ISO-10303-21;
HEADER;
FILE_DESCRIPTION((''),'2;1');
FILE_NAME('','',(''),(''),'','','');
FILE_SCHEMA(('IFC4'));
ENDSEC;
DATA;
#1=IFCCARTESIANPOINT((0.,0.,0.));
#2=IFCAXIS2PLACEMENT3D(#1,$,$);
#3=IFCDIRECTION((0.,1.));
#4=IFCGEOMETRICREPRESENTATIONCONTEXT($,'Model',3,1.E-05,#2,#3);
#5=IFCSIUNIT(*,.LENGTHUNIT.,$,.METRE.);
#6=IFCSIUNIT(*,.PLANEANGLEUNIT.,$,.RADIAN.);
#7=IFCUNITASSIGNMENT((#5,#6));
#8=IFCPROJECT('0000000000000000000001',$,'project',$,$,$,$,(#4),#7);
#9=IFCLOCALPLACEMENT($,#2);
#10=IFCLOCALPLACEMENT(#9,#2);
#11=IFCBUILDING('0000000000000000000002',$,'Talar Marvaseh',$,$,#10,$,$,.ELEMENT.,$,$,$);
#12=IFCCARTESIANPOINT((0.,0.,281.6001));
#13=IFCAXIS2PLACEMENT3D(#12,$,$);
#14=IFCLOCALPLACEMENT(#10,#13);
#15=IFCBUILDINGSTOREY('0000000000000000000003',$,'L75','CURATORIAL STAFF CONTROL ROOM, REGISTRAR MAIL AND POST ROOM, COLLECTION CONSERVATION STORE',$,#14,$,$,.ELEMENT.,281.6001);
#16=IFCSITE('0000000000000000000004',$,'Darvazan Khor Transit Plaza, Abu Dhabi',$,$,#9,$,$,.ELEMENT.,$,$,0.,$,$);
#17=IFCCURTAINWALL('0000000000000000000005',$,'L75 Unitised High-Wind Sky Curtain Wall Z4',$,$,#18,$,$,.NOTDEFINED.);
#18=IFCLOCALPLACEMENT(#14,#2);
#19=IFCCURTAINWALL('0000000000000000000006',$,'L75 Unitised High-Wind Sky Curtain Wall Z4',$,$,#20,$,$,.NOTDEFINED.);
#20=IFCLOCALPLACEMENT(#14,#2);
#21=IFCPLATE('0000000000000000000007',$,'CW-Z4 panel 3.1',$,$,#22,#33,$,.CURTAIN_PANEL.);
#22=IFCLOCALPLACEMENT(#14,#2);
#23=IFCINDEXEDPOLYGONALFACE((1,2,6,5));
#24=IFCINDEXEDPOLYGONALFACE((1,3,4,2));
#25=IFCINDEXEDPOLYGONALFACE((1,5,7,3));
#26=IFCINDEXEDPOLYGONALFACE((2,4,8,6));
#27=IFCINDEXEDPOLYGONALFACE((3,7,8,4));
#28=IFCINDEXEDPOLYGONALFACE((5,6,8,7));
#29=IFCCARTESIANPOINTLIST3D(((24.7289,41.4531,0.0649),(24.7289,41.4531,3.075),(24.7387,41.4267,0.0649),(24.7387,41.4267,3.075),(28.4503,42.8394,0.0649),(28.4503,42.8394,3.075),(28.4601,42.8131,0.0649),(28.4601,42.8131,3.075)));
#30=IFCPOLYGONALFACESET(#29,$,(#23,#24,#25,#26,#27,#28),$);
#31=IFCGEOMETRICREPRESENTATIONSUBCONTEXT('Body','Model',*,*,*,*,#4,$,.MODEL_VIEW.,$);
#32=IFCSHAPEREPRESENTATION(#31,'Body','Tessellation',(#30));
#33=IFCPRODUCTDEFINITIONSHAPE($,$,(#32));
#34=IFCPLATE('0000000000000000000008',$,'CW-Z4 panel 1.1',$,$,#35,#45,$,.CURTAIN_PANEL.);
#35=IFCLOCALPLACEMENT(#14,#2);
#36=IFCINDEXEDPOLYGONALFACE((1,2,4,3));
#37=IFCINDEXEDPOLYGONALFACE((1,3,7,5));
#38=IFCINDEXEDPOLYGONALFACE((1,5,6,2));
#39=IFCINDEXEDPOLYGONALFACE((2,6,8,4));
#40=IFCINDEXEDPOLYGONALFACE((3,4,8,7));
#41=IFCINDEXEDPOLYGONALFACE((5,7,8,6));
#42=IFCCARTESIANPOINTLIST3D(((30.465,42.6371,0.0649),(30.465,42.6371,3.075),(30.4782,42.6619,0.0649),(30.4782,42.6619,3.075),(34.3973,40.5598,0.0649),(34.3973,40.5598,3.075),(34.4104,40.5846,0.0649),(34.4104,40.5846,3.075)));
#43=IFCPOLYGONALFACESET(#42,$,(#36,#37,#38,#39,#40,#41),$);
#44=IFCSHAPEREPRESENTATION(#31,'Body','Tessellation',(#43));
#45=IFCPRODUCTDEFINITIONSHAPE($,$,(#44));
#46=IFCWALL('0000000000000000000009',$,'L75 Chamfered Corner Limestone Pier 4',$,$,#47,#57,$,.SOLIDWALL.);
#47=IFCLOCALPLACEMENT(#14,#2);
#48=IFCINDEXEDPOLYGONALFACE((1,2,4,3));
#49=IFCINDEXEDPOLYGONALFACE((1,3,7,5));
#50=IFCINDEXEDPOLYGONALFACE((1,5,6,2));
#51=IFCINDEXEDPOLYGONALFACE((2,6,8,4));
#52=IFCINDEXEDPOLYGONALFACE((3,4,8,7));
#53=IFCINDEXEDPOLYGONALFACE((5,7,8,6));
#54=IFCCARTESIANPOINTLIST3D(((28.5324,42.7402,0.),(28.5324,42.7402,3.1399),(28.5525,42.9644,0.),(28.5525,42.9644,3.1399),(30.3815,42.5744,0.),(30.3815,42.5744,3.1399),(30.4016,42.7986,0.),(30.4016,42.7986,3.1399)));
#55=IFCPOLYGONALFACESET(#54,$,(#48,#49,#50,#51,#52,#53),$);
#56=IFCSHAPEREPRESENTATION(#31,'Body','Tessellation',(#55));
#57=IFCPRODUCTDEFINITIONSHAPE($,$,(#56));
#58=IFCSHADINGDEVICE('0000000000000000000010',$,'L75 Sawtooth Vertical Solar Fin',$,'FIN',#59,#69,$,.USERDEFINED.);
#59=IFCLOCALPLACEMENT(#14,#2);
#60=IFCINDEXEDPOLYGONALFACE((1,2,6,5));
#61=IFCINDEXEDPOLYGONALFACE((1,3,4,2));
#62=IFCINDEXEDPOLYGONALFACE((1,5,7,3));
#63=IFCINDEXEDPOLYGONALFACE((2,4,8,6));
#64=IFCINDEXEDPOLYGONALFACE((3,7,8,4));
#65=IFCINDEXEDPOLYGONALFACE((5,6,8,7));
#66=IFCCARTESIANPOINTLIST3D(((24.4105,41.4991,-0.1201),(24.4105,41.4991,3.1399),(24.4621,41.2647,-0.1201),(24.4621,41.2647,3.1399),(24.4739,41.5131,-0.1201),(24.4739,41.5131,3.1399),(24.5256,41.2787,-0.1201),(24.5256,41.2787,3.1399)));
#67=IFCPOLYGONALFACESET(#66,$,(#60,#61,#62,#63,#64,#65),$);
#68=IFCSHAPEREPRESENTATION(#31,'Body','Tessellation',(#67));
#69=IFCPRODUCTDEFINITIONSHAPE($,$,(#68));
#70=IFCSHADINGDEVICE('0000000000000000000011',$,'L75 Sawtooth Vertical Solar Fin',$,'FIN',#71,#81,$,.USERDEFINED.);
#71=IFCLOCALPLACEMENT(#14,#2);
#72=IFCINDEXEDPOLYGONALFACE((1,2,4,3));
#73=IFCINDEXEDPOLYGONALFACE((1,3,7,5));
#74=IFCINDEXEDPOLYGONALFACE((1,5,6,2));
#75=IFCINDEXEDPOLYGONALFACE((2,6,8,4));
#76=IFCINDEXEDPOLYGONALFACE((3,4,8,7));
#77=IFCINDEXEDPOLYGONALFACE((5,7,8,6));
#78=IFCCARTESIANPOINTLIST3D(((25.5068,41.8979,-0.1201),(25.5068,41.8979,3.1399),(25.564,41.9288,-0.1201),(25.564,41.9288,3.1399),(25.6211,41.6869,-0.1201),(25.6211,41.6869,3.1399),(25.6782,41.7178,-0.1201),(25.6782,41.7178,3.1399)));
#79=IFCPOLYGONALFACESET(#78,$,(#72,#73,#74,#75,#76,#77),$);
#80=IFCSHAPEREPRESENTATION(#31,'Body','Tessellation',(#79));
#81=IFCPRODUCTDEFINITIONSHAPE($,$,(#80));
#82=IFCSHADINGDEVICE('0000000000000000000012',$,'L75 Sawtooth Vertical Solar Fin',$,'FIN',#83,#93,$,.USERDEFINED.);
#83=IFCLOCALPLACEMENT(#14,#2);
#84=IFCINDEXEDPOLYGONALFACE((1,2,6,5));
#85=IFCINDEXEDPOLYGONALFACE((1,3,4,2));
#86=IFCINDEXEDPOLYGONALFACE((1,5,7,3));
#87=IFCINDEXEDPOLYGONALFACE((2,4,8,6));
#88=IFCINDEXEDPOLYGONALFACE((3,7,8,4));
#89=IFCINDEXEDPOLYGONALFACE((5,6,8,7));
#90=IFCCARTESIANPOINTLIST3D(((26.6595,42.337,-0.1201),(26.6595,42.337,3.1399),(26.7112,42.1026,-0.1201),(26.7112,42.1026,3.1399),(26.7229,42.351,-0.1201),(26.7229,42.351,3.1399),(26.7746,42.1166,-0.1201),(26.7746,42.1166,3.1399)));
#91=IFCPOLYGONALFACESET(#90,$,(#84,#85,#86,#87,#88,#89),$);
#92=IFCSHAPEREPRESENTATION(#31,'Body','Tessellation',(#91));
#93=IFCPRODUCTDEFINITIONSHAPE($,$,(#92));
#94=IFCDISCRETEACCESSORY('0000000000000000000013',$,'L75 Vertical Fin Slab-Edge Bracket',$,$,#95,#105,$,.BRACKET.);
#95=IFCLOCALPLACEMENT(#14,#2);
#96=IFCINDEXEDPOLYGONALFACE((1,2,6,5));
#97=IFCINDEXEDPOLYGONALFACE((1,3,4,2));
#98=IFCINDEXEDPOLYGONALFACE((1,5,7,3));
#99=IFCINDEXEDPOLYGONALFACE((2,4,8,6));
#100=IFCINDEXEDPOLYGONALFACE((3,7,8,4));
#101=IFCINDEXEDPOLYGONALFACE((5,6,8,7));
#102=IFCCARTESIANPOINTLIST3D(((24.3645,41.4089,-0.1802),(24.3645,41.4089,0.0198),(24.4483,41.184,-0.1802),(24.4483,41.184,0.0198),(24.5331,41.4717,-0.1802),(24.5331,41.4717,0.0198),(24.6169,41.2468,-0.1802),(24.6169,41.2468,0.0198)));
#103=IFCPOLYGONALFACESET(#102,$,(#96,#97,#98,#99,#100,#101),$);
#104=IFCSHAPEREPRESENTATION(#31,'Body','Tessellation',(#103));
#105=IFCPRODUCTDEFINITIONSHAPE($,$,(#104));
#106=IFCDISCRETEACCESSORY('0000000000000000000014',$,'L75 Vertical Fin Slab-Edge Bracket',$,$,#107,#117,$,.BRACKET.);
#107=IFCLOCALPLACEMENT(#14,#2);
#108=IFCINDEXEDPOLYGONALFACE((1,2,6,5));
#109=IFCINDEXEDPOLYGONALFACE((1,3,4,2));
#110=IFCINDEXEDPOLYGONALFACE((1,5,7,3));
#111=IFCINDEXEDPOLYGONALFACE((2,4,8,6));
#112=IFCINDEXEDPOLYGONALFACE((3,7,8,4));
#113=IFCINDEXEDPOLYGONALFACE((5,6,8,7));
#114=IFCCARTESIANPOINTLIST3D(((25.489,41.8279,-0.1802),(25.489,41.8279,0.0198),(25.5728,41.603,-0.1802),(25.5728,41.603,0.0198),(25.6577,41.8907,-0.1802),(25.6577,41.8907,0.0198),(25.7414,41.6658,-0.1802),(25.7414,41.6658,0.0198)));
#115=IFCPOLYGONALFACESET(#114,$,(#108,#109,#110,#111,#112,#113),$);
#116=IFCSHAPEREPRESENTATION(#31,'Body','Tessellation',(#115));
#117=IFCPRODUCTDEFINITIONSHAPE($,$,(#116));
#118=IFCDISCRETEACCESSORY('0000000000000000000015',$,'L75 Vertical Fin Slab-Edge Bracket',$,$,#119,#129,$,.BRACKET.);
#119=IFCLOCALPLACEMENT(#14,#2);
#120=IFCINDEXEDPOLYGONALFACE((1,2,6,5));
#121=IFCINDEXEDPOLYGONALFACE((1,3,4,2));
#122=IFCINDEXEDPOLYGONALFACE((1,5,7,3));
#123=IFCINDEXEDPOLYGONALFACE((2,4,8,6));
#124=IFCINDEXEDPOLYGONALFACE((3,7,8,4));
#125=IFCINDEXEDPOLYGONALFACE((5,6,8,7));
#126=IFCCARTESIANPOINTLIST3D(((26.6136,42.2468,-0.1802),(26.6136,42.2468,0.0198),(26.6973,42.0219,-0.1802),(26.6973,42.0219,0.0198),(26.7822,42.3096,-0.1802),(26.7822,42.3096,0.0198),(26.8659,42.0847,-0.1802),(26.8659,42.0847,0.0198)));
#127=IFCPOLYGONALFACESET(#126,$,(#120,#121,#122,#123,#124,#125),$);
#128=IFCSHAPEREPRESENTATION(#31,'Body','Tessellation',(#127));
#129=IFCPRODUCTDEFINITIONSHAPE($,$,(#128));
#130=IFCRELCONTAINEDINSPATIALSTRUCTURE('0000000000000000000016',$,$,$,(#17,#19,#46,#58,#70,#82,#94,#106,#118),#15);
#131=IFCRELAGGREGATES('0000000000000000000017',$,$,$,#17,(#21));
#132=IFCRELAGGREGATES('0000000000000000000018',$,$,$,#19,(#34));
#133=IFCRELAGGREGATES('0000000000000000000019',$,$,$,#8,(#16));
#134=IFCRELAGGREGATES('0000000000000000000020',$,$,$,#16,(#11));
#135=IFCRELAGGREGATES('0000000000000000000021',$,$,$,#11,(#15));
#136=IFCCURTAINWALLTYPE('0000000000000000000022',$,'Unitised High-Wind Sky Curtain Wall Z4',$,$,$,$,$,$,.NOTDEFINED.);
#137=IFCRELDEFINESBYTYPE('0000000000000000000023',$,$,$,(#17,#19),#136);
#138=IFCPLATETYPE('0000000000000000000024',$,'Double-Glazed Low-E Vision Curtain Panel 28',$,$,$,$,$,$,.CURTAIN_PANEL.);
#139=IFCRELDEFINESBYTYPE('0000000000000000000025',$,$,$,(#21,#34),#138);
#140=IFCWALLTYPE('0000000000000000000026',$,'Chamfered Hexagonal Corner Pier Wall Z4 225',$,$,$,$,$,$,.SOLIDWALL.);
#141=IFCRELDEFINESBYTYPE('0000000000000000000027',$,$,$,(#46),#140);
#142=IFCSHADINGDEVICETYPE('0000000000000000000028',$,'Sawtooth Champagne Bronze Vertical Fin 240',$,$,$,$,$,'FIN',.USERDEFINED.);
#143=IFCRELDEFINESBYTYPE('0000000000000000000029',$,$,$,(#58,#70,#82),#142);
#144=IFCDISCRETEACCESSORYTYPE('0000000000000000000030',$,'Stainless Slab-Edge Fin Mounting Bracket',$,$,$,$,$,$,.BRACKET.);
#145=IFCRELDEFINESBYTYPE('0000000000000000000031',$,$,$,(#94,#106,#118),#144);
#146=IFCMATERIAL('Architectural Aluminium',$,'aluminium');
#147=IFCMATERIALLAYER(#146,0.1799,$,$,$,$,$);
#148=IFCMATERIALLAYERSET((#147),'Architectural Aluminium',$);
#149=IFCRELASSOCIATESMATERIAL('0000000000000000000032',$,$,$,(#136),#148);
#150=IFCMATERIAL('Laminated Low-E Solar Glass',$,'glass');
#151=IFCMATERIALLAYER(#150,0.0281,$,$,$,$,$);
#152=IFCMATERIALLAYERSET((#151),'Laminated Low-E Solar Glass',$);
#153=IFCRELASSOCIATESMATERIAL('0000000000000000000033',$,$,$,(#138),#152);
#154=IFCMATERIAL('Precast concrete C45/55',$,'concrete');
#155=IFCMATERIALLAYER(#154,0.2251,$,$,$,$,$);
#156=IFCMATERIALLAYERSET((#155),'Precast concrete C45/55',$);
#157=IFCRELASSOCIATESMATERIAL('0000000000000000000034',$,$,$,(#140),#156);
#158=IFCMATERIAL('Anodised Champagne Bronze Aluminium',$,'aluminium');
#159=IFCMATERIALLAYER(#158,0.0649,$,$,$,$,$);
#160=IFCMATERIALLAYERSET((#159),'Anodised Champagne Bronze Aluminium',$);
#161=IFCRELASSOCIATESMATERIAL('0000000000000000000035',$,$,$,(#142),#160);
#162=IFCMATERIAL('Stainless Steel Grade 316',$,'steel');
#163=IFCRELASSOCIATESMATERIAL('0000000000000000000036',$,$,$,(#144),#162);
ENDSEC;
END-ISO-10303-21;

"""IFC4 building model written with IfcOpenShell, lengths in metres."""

from ifc_helpers import new_model, si_unit, direction, frame, frame_2d, origin, origin_2d, place, context, subcontext, project, spatial, rectangle, extrude, source, transform, mapped, material, layer, layer_set, type_object, type_shapes, element, aggregate, save


model = new_model("IFC4")

# Units and contexts
model_context = context("Model", 3, precision=1e-05, world=origin(), true_north=direction((0.0, 1.0)))
body_context = subcontext(model_context, "Body", "Model", "MODEL_VIEW")
ifc_project = project(units=[si_unit("LENGTHUNIT", "METRE"), si_unit("PLANEANGLEUNIT", "RADIAN")], contexts=[model_context])

# Site, building, storey
site_placement = place(None, origin())
site = spatial("IfcSite", under=ifc_project, at=site_placement, Name="Darvazan Khor Transit Plaza, Abu Dhabi", CompositionType="ELEMENT", RefElevation=0.0)
building_placement = place(site_placement, origin())
building = spatial("IfcBuilding", under=site, at=building_placement, Name="Talar Marvaseh", CompositionType="ELEMENT")
storey_placement = place(building_placement, frame((0.0, 0.0, 281.6001)))
storey = spatial("IfcBuildingStorey", under=building, at=storey_placement, Name="L75", Description="CURATORIAL STAFF CONTROL ROOM, REGISTRAR MAIL AND POST ROOM, COLLECTION CONSERVATION STORE", CompositionType="ELEMENT", Elevation=281.6001)

# Curtain walls
ifc_material_1 = material(Name="Architectural Aluminium", Category="aluminium")
ifc_layer_1 = layer(ifc_material_1, 0.1799)
ifc_layer_set_1 = layer_set([ifc_layer_1], Name="Architectural Aluminium")
curtain_wall_type = type_object("IfcCurtainWallType", Name="Unitised High-Wind Sky Curtain Wall Z4", PredefinedType="NOTDEFINED", material=ifc_layer_set_1)
curtain_wall_1_placement = place(storey_placement, origin())
curtain_wall_1 = element("IfcCurtainWall", 1, at=curtain_wall_1_placement, inside=storey, type_object=curtain_wall_type, Name="L75 Unitised High-Wind Sky Curtain Wall Z4", PredefinedType="NOTDEFINED")
curtain_wall_2_placement = place(storey_placement, origin())
curtain_wall_2 = element("IfcCurtainWall", 2, at=curtain_wall_2_placement, inside=storey, type_object=curtain_wall_type, Name="L75 Unitised High-Wind Sky Curtain Wall Z4", PredefinedType="NOTDEFINED")

# Plates
ifc_material_2 = material(Name="Laminated Low-E Solar Glass", Category="glass")
ifc_layer_2 = layer(ifc_material_2, 0.0281)
ifc_layer_set_2 = layer_set([ifc_layer_2], Name="Laminated Low-E Solar Glass")
plate_type = type_object("IfcPlateType", Name="Double-Glazed Low-E Vision Curtain Panel 28", PredefinedType="CURTAIN_PANEL", material=ifc_layer_set_2)
shared_shape_1 = source(origin(), body_context, "Body", "SweptSolid", [
    extrude(rectangle(XDim=3.9712, YDim=0.0281, at=origin_2d()), origin(), (0.0, 0.0, 1.0), 3.01),
])
plate_1_placement = place(storey_placement, frame((26.5945, 42.1331, 0.0649), z_axis=(0.0, 0.0, 1.0), x_axis=(0.937088, 0.349094, 0.0)))
plate_1 = element("IfcPlate", 3, at=plate_1_placement, type_object=plate_type, Name="CW-Z4 panel 3.1", PredefinedType="CURTAIN_PANEL", context=body_context, shape_type="MappedRepresentation", body=[
    mapped(shared_shape_1, transform((0.0, 0.0, 0.0), x_axis=(1.0, 0.0, 0.0), y_axis=(0.0, 1.0, 0.0), z_axis=(0.0, 0.0, 1.0), scale=1.0)),
])
aggregate(curtain_wall_1, [plate_1])
shared_shape_2 = source(origin(), body_context, "Body", "SweptSolid", [
    extrude(rectangle(XDim=4.4473, YDim=0.0281, at=origin_2d()), origin(), (0.0, 0.0, 1.0), 3.01),
])
type_shapes(plate_type, [shared_shape_1, shared_shape_2])
plate_2_placement = place(storey_placement, frame((32.4377, 41.6108, 0.0649), z_axis=(0.0, 0.0, 1.0), x_axis=(0.884206, -0.467098, 0.0)))
plate_2 = element("IfcPlate", 4, at=plate_2_placement, type_object=plate_type, Name="CW-Z4 panel 1.1", PredefinedType="CURTAIN_PANEL", context=body_context, shape_type="MappedRepresentation", body=[
    mapped(shared_shape_2, transform((0.0, 0.0, 0.0), x_axis=(1.0, 0.0, 0.0), y_axis=(0.0, 1.0, 0.0), z_axis=(0.0, 0.0, 1.0), scale=1.0)),
])
aggregate(curtain_wall_2, [plate_2])

# Wall
ifc_material_3 = material(Name="Precast concrete C45/55", Category="concrete")
ifc_layer_3 = layer(ifc_material_3, 0.2251)
ifc_layer_set_3 = layer_set([ifc_layer_3], Name="Precast concrete C45/55")
wall_type = type_object("IfcWallType", Name="Chamfered Hexagonal Corner Pier Wall Z4 225", PredefinedType="SOLIDWALL", material=ifc_layer_set_3)
wall_placement = place(storey_placement, frame((28.5425, 42.8523, 0.0), z_axis=(0.0, 0.0, 1.0), x_axis=(0.996006, -0.089291, 0.0)))
element("IfcWall", 5, at=wall_placement, inside=storey, type_object=wall_type, Name="L75 Chamfered Corner Limestone Pier 4", PredefinedType="SOLIDWALL", context=body_context, shape_type="SweptSolid", body=[
    extrude(rectangle(XDim=1.8564, YDim=0.2251, at=frame_2d((0.9282, 0.0))), origin(), (0.0, 0.0, 1.0), 3.1399),
])

# Shading devices
ifc_material_4 = material(Name="Anodised Champagne Bronze Aluminium", Category="aluminium")
ifc_layer_4 = layer(ifc_material_4, 0.0649)
ifc_layer_set_4 = layer_set([ifc_layer_4], Name="Anodised Champagne Bronze Aluminium")
shading_device_type = type_object("IfcShadingDeviceType", Name="Sawtooth Champagne Bronze Vertical Fin 240", ElementType="FIN", PredefinedType="USERDEFINED", material=ifc_layer_set_4)
shared_shape_3 = source(origin(), body_context, "Body", "SweptSolid", [
    extrude(rectangle(XDim=0.24, YDim=0.0649, at=origin_2d()), origin(), (0.0, 0.0, 1.0), 3.26),
])
type_shapes(shading_device_type, [shared_shape_3])
for number, where, z_axis, x_axis, name in (
    (6, (24.468, 41.3889, -0.1201), (0.0, 0.0, 1.0), (-0.215247, 0.97656, 0.0), "L75 Sawtooth Vertical Solar Fin"),
    (7, (25.5925, 41.8079, -0.1201), (0.0, 0.0, 1.0), (-0.476085, 0.879399, 0.0), "L75 Sawtooth Vertical Solar Fin"),
    (8, (26.717, 42.2268, -0.1201), (0.0, 0.0, 1.0), (-0.215247, 0.97656, 0.0), "L75 Sawtooth Vertical Solar Fin"),
):
    element("IfcShadingDevice", number, at=place(storey_placement, frame(where, z_axis=z_axis, x_axis=x_axis)), inside=storey, type_object=shading_device_type, Name=name, ObjectType="FIN", PredefinedType="USERDEFINED", context=body_context, shape_type="MappedRepresentation", body=[
        mapped(shared_shape_3, transform((0.0, 0.0, 0.0), x_axis=(1.0, 0.0, 0.0), y_axis=(0.0, 1.0, 0.0), z_axis=(0.0, 0.0, 1.0), scale=1.0)),
    ])

# Discrete accessories
ifc_material_5 = material(Name="Stainless Steel Grade 316", Category="steel")
discrete_accessory_type = type_object("IfcDiscreteAccessoryType", Name="Stainless Slab-Edge Fin Mounting Bracket", PredefinedType="BRACKET", material=ifc_material_5)
shared_shape_4 = source(origin(), body_context, "Body", "SweptSolid", [
    extrude(rectangle(XDim=0.24, YDim=0.1799, at=origin_2d()), origin(), (0.0, 0.0, 1.0), 0.2),
])
type_shapes(discrete_accessory_type, [shared_shape_4])
for number, where, z_axis, x_axis, name in (
    (9, (24.4907, 41.3279, -0.1802), (0.0, 0.0, 1.0), (-0.349063, 0.937099, 0.0), "L75 Vertical Fin Slab-Edge Bracket"),
    (10, (25.6152, 41.7468, -0.1802), (0.0, 0.0, 1.0), (-0.349063, 0.937099, 0.0), "L75 Vertical Fin Slab-Edge Bracket"),
    (11, (26.7397, 42.1658, -0.1802), (0.0, 0.0, 1.0), (-0.349063, 0.937099, 0.0), "L75 Vertical Fin Slab-Edge Bracket"),
):
    element("IfcDiscreteAccessory", number, at=place(storey_placement, frame(where, z_axis=z_axis, x_axis=x_axis)), inside=storey, type_object=discrete_accessory_type, Name=name, PredefinedType="BRACKET", context=body_context, shape_type="MappedRepresentation", body=[
        mapped(shared_shape_4, transform((0.0, 0.0, 0.0), x_axis=(1.0, 0.0, 0.0), y_axis=(0.0, 1.0, 0.0), z_axis=(0.0, 0.0, 1.0), scale=1.0)),
    ])

save(model, "model.ifc")
